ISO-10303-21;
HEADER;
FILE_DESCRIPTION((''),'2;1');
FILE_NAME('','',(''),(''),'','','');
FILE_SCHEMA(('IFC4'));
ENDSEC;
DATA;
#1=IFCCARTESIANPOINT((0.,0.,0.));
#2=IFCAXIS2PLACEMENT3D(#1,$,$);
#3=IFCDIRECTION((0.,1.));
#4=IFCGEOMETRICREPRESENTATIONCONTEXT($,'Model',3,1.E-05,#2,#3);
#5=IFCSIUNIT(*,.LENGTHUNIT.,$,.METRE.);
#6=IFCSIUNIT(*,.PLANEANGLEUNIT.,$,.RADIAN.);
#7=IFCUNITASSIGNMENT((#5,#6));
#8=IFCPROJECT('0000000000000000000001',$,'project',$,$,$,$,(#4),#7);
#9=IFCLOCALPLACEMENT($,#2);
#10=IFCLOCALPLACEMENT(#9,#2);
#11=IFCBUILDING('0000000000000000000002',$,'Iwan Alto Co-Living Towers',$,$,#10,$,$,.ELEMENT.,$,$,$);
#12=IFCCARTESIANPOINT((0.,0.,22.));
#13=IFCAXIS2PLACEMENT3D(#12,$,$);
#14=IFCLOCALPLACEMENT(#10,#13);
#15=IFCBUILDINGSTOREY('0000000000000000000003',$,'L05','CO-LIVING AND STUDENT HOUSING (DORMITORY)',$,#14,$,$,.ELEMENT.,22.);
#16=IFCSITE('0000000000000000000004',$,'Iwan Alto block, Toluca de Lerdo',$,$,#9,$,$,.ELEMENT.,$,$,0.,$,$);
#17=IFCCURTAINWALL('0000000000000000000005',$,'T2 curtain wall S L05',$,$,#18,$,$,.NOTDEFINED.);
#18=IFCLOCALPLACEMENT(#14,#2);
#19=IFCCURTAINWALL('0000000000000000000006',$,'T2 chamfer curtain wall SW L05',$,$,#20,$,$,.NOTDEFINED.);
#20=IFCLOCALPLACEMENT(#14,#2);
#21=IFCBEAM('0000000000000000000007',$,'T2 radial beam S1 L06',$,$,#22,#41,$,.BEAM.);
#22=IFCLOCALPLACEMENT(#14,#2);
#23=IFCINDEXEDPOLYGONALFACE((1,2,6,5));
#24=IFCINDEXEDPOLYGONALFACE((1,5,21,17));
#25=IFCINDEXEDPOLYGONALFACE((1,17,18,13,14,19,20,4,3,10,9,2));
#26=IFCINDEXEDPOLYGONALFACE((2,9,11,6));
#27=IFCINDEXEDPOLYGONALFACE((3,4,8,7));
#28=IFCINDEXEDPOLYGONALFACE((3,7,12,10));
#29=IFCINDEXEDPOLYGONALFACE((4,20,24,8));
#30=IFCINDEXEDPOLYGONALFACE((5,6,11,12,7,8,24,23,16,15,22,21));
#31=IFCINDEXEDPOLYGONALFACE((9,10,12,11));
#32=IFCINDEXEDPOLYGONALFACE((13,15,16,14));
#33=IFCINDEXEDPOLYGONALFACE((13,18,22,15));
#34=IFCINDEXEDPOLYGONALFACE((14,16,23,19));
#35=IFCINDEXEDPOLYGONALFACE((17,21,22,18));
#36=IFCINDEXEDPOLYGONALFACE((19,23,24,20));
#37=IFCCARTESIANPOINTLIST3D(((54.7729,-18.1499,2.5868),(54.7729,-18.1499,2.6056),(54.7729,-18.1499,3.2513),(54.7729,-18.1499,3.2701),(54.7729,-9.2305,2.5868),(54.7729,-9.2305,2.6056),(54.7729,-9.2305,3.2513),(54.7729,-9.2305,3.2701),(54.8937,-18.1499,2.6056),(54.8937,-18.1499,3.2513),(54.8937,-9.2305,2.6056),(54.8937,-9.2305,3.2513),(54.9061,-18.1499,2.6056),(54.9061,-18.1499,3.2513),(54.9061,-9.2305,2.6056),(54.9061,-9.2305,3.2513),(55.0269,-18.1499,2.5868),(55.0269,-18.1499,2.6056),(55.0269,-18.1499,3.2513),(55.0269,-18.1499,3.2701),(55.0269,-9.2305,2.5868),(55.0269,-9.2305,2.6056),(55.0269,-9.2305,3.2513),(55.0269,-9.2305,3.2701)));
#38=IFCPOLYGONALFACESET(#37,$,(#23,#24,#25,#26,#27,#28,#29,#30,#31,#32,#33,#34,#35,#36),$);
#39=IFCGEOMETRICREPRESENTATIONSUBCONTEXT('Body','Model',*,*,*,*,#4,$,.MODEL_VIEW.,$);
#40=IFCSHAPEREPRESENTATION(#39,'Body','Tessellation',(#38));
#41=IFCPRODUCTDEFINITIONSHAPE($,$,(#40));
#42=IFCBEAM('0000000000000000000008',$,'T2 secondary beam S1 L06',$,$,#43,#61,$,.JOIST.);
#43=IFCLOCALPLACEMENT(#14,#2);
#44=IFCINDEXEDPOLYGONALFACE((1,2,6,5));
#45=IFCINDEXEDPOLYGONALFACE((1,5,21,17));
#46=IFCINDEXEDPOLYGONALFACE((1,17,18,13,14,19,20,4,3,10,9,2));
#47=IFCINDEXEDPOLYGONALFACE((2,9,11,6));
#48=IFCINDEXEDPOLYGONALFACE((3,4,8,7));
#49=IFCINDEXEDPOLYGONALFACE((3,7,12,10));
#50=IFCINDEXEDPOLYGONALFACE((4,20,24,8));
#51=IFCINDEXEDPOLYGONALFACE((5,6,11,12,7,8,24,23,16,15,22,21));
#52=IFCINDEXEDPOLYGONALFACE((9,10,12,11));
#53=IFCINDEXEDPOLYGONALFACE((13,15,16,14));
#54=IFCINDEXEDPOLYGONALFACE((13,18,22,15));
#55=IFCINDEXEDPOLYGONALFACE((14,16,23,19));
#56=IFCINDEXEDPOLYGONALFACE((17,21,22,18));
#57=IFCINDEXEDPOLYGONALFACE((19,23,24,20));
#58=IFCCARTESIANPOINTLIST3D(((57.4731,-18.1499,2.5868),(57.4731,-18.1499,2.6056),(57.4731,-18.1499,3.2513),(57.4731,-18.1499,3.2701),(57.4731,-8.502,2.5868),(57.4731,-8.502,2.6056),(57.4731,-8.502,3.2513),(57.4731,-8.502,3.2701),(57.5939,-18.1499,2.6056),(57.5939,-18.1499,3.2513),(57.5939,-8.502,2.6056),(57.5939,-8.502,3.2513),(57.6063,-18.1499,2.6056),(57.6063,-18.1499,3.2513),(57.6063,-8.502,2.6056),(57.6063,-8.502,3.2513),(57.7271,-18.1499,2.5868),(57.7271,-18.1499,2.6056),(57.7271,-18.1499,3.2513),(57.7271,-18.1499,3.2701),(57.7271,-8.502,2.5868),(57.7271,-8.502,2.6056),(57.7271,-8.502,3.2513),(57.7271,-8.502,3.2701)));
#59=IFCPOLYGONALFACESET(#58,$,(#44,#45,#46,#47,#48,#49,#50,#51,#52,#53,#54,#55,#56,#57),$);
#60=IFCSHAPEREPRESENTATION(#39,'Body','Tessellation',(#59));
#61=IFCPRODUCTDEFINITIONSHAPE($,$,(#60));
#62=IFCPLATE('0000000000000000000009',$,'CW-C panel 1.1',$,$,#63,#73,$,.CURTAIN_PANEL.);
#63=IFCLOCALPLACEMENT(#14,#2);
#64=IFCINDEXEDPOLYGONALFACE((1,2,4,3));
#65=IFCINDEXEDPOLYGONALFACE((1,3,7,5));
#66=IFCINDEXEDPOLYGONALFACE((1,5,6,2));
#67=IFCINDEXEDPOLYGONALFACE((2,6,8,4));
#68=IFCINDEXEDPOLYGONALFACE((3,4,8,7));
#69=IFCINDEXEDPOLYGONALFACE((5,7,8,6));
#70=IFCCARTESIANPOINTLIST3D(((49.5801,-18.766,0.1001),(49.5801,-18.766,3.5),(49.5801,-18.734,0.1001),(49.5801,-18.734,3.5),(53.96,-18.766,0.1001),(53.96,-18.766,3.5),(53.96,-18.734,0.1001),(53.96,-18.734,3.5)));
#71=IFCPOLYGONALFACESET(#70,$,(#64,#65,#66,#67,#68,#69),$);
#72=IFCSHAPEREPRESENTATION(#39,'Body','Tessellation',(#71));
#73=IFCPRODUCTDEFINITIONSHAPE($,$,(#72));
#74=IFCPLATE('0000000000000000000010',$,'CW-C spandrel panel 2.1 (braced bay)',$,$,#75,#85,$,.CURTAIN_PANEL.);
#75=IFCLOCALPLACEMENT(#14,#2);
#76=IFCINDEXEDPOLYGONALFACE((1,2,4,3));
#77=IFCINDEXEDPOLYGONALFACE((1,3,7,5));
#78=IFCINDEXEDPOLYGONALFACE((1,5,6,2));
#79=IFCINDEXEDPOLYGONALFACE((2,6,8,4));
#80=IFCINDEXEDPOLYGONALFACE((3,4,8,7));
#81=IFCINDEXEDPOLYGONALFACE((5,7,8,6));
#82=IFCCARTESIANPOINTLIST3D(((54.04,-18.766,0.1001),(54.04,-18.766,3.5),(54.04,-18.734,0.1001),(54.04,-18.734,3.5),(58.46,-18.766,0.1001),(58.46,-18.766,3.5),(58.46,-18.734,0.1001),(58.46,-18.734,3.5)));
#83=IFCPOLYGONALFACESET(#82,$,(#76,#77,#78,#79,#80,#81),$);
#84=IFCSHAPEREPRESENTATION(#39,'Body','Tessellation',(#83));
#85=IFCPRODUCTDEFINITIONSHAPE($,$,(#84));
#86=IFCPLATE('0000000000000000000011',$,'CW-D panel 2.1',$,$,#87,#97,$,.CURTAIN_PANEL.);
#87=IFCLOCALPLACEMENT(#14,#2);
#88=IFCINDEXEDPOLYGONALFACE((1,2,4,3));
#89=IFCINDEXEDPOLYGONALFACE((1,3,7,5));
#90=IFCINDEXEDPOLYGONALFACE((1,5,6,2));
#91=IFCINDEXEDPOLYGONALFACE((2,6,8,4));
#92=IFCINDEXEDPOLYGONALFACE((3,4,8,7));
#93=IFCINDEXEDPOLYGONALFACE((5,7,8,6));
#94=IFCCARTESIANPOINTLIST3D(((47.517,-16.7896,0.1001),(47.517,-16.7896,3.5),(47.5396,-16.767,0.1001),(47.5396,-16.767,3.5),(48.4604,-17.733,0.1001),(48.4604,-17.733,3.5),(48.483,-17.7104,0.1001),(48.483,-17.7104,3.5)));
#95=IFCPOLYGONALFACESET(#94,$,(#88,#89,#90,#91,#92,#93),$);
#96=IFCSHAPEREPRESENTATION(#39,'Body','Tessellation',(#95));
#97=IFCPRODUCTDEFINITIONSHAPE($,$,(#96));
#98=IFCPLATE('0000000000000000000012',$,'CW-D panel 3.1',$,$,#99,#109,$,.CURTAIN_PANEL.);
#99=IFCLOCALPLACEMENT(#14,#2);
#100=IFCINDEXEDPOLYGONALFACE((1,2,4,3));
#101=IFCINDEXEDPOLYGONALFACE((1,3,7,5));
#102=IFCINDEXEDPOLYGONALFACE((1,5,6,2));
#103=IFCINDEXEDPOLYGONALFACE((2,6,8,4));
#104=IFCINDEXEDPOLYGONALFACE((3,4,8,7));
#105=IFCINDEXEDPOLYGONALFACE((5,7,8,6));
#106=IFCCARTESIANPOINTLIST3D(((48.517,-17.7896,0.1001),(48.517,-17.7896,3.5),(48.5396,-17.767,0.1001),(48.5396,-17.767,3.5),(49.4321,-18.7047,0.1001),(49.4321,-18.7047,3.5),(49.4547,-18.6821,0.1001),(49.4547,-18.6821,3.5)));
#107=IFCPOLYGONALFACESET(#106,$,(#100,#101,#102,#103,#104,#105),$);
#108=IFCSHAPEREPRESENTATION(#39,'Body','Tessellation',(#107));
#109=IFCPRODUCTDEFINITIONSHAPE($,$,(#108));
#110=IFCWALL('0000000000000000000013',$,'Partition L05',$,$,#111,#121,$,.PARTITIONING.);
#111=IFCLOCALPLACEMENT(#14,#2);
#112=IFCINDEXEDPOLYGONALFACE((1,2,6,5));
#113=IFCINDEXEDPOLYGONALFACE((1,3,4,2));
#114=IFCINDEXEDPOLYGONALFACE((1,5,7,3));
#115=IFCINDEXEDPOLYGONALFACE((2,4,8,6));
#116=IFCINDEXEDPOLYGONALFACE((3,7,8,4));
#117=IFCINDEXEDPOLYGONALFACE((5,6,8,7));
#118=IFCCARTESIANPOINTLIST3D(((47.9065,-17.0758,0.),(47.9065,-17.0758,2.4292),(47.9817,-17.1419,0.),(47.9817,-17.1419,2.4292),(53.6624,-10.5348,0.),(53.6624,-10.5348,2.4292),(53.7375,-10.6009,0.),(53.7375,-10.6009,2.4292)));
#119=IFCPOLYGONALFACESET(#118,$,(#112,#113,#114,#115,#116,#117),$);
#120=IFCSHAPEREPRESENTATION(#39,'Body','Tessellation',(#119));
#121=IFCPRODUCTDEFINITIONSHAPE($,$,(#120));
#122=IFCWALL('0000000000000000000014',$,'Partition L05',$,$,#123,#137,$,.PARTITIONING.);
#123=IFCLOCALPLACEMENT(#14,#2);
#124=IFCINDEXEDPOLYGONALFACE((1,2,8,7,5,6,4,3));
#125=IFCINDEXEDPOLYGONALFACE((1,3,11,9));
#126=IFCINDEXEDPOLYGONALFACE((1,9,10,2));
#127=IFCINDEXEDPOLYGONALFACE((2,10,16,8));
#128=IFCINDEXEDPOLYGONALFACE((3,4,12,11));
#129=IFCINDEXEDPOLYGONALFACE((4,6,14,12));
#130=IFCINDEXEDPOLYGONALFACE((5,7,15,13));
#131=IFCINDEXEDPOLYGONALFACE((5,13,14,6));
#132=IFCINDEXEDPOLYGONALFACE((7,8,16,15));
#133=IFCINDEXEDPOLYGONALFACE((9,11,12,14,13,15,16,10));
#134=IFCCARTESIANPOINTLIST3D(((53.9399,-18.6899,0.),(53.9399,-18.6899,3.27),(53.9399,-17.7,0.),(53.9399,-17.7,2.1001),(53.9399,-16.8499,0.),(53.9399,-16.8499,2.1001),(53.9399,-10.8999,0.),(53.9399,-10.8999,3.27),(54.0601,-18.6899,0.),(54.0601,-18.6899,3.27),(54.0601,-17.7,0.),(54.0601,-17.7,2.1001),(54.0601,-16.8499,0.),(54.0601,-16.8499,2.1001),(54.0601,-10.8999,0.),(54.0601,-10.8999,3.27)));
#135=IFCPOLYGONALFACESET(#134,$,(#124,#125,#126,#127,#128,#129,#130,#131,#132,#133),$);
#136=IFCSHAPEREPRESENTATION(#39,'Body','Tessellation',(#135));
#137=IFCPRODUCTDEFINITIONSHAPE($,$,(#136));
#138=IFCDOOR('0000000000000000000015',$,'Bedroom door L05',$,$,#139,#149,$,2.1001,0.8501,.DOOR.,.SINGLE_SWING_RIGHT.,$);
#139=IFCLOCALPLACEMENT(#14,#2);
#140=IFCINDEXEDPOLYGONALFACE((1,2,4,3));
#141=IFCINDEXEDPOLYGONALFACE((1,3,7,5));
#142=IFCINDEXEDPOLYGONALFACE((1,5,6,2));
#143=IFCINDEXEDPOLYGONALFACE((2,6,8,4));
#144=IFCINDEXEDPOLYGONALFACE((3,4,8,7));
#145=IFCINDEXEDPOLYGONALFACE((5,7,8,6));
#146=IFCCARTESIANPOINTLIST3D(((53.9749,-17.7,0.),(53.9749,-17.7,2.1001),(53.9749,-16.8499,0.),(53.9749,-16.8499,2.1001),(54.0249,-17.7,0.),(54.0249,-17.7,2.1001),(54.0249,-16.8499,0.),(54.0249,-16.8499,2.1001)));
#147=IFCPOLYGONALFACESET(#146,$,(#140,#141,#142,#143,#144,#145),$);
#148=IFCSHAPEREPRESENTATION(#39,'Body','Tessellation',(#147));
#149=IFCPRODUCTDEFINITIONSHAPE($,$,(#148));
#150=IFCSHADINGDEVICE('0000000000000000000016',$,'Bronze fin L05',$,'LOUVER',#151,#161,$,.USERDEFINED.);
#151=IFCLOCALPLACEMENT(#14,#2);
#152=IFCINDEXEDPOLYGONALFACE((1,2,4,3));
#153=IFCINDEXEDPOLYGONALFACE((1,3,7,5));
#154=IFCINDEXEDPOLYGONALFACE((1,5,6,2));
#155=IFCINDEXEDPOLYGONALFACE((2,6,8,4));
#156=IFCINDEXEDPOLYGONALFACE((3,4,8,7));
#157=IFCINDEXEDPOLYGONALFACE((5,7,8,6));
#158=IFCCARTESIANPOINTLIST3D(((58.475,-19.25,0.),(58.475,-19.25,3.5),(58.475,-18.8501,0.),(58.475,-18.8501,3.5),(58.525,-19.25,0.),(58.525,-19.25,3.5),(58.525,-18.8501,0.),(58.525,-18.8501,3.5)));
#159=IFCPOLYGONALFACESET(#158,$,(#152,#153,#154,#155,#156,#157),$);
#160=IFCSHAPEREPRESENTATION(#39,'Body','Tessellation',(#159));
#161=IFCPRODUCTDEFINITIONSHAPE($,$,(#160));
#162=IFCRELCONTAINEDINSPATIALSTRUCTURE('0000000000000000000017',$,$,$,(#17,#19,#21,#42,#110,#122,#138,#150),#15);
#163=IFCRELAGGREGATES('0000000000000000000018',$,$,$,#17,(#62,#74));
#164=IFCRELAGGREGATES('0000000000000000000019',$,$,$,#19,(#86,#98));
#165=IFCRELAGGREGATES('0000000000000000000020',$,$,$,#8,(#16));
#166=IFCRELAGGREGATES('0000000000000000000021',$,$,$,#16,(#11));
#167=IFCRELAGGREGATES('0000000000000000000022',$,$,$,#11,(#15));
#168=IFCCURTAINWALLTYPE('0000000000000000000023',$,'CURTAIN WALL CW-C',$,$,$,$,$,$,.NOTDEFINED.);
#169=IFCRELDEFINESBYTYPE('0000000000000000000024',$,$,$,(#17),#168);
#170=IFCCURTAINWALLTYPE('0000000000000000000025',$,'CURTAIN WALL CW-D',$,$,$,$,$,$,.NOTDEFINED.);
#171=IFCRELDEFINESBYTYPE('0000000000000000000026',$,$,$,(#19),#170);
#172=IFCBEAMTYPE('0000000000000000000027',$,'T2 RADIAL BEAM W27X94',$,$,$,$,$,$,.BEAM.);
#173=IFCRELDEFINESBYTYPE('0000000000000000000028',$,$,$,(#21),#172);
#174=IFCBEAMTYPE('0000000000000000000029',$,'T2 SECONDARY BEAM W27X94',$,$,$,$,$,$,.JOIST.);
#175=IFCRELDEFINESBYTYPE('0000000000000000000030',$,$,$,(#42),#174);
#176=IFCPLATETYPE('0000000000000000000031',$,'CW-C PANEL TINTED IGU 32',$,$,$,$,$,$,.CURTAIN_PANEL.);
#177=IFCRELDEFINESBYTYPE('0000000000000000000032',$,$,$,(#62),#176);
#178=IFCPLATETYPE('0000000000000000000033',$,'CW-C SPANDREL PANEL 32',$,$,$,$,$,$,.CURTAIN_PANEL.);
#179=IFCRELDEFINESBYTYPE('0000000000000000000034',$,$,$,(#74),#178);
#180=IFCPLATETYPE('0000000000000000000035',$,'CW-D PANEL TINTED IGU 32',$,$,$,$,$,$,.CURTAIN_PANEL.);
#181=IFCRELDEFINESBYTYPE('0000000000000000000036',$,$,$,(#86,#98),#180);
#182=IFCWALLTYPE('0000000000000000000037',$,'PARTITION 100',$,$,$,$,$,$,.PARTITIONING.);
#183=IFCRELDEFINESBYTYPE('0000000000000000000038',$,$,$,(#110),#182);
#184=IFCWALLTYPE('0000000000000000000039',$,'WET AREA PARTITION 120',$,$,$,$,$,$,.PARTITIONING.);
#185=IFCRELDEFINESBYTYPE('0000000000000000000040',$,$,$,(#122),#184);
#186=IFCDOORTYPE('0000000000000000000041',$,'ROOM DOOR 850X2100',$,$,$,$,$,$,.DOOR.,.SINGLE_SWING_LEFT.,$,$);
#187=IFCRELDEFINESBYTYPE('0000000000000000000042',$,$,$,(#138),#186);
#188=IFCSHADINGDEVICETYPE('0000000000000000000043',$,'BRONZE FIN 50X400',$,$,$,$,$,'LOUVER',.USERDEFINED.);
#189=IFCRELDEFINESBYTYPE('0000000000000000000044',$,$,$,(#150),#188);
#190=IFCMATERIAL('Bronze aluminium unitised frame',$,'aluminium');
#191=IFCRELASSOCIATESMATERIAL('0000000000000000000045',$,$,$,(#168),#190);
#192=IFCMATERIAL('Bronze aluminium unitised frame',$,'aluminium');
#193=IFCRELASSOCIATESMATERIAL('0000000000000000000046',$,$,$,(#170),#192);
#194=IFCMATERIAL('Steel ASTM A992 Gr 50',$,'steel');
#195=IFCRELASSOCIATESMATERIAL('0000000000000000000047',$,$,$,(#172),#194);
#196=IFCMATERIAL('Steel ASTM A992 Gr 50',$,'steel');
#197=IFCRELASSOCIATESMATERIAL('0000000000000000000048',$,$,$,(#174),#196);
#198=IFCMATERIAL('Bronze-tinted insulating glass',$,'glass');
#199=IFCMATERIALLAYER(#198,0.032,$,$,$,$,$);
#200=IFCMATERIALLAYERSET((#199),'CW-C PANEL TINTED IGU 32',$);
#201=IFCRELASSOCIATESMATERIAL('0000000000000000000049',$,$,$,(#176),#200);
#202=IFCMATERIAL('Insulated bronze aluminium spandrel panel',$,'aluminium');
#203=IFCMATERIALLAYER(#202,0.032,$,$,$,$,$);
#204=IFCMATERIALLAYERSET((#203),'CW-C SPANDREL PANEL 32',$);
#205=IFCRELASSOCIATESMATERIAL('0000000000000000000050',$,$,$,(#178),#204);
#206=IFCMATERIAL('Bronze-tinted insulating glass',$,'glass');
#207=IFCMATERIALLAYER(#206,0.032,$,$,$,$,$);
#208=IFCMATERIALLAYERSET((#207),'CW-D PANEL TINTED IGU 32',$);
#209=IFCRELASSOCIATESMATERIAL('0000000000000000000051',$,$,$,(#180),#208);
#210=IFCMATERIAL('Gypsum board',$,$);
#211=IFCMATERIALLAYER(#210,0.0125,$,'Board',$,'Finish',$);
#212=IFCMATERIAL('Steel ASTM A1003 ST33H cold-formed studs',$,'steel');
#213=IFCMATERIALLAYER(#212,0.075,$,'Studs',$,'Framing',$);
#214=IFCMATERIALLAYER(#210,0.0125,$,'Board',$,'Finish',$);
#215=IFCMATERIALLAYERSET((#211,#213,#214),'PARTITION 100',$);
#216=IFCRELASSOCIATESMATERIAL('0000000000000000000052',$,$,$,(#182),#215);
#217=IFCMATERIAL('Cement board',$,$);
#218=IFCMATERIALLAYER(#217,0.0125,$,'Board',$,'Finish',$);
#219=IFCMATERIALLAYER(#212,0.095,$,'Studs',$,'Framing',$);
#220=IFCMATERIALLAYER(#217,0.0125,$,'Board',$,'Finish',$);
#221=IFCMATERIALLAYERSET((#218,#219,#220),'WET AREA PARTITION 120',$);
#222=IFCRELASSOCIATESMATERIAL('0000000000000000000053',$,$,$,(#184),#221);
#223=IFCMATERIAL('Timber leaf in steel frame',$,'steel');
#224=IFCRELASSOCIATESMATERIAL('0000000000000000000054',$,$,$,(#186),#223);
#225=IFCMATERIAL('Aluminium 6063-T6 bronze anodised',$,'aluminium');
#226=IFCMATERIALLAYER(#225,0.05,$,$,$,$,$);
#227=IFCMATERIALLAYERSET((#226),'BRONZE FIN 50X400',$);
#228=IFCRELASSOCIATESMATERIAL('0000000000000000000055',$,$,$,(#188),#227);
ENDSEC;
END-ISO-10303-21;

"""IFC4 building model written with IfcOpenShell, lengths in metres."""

from ifc_helpers import new_model, si_unit, direction, frame, frame_2d, origin, origin_2d, place, context, subcontext, project, spatial, rectangle, i_section, extrude, material, layer, layer_set, material_profile, profile_set, type_object, element, fill, aggregate, save


model = new_model("IFC4")

# Units and contexts
model_context = context("Model", 3, precision=1e-05, world=origin(), true_north=direction((0.0, 1.0)))
body_context = subcontext(model_context, "Body", "Model", "MODEL_VIEW")
ifc_project = project(units=[si_unit("LENGTHUNIT", "METRE"), si_unit("PLANEANGLEUNIT", "RADIAN")], contexts=[model_context])

# Site, building, storey
site_placement = place(None, origin())
site = spatial("IfcSite", under=ifc_project, at=site_placement, Name="Iwan Alto block, Toluca de Lerdo", CompositionType="ELEMENT", RefElevation=0.0)
building_placement = place(site_placement, origin())
building = spatial("IfcBuilding", under=site, at=building_placement, Name="Iwan Alto Co-Living Towers", CompositionType="ELEMENT")
storey_placement = place(building_placement, frame((0.0, 0.0, 22.0)))
storey = spatial("IfcBuildingStorey", under=building, at=storey_placement, Name="L05", Description="CO-LIVING AND STUDENT HOUSING (DORMITORY)", CompositionType="ELEMENT", Elevation=22.0)

# Curtain walls
ifc_material_1 = material(Name="Bronze aluminium unitised frame", Category="aluminium")
curtain_wall_type_1 = type_object("IfcCurtainWallType", Name="CURTAIN WALL CW-C", PredefinedType="NOTDEFINED", material=ifc_material_1)
curtain_wall_1_placement = place(storey_placement, origin())
curtain_wall_1 = element("IfcCurtainWall", 1, at=curtain_wall_1_placement, inside=storey, type_object=curtain_wall_type_1, Name="T2 curtain wall S L05", PredefinedType="NOTDEFINED")
ifc_material_2 = material(Name="Bronze aluminium unitised frame", Category="aluminium")
curtain_wall_type_2 = type_object("IfcCurtainWallType", Name="CURTAIN WALL CW-D", PredefinedType="NOTDEFINED", material=ifc_material_2)
curtain_wall_2_placement = place(storey_placement, origin())
curtain_wall_2 = element("IfcCurtainWall", 2, at=curtain_wall_2_placement, inside=storey, type_object=curtain_wall_type_2, Name="T2 chamfer curtain wall SW L05", PredefinedType="NOTDEFINED")

# Beams
ifc_material_3 = material(Name="Steel ASTM A992 Gr 50", Category="steel")
ifc_material_profile_1 = material_profile(ifc_material_3, i_section(OverallWidth=0.2539, OverallDepth=0.6833, WebThickness=0.0125, FlangeThickness=0.0188, at=origin_2d()), Name="W27X94")
ifc_profile_set_1 = profile_set([ifc_material_profile_1], Name="Steel ASTM A992 Gr 50")
beam_type_1 = type_object("IfcBeamType", Name="T2 RADIAL BEAM W27X94", PredefinedType="BEAM", material=ifc_profile_set_1)
beam_1_placement = place(storey_placement, frame((54.8999, -18.1499, 2.9285), z_axis=(0.0, 1.0, 0.0), x_axis=(-1.0, 0.0, 0.0)))
element("IfcBeam", 3, at=beam_1_placement, inside=storey, type_object=beam_type_1, Name="T2 radial beam S1 L06", PredefinedType="BEAM", context=body_context, shape_type="SweptSolid", body=[
    extrude(i_section(OverallWidth=0.2539, OverallDepth=0.6833, WebThickness=0.0125, FlangeThickness=0.0188, at=origin_2d()), origin(), (0.0, 0.0, 1.0), 8.9194),
])
ifc_material_4 = material(Name="Steel ASTM A992 Gr 50", Category="steel")
ifc_material_profile_2 = material_profile(ifc_material_4, i_section(OverallWidth=0.2539, OverallDepth=0.6833, WebThickness=0.0125, FlangeThickness=0.0188, at=origin_2d()), Name="W27X94")
ifc_profile_set_2 = profile_set([ifc_material_profile_2], Name="Steel ASTM A992 Gr 50")
beam_type_2 = type_object("IfcBeamType", Name="T2 SECONDARY BEAM W27X94", PredefinedType="JOIST", material=ifc_profile_set_2)
beam_2_placement = place(storey_placement, frame((57.6001, -18.1499, 2.9285), z_axis=(0.0, 1.0, 0.0), x_axis=(-1.0, 0.0, 0.0)))
element("IfcBeam", 4, at=beam_2_placement, inside=storey, type_object=beam_type_2, Name="T2 secondary beam S1 L06", PredefinedType="JOIST", context=body_context, shape_type="SweptSolid", body=[
    extrude(i_section(OverallWidth=0.2539, OverallDepth=0.6833, WebThickness=0.0125, FlangeThickness=0.0188, at=origin_2d()), origin(), (0.0, 0.0, 1.0), 9.6479),
])

# Plates
ifc_material_5 = material(Name="Bronze-tinted insulating glass", Category="glass")
ifc_layer_1 = layer(ifc_material_5, 0.032)
ifc_layer_set_1 = layer_set([ifc_layer_1], Name="CW-C PANEL TINTED IGU 32")
plate_type_1 = type_object("IfcPlateType", Name="CW-C PANEL TINTED IGU 32", PredefinedType="CURTAIN_PANEL", material=ifc_layer_set_1)
plate_1_placement = place(storey_placement, frame((51.77, -18.75, 0.1001), z_axis=(0.0, 0.0, 1.0), x_axis=(1.0, 0.0, 0.0)))
plate_1 = element("IfcPlate", 5, at=plate_1_placement, type_object=plate_type_1, Name="CW-C panel 1.1", PredefinedType="CURTAIN_PANEL", context=body_context, shape_type="SweptSolid", body=[
    extrude(rectangle(XDim=4.3799, YDim=0.032, at=origin_2d()), origin(), (0.0, 0.0, 1.0), 3.3999),
])
ifc_material_6 = material(Name="Insulated bronze aluminium spandrel panel", Category="aluminium")
ifc_layer_2 = layer(ifc_material_6, 0.032)
ifc_layer_set_2 = layer_set([ifc_layer_2], Name="CW-C SPANDREL PANEL 32")
plate_type_2 = type_object("IfcPlateType", Name="CW-C SPANDREL PANEL 32", PredefinedType="CURTAIN_PANEL", material=ifc_layer_set_2)
plate_2_placement = place(storey_placement, frame((56.25, -18.75, 0.1001), z_axis=(0.0, 0.0, 1.0), x_axis=(1.0, 0.0, 0.0)))
plate_2 = element("IfcPlate", 6, at=plate_2_placement, type_object=plate_type_2, Name="CW-C spandrel panel 2.1 (braced bay)", PredefinedType="CURTAIN_PANEL", context=body_context, shape_type="SweptSolid", body=[
    extrude(rectangle(XDim=4.4199, YDim=0.032, at=origin_2d()), origin(), (0.0, 0.0, 1.0), 3.3999),
])
aggregate(curtain_wall_1, [plate_1, plate_2])
ifc_material_7 = material(Name="Bronze-tinted insulating glass", Category="glass")
ifc_layer_3 = layer(ifc_material_7, 0.032)
ifc_layer_set_3 = layer_set([ifc_layer_3], Name="CW-D PANEL TINTED IGU 32")
plate_type_3 = type_object("IfcPlateType", Name="CW-D PANEL TINTED IGU 32", PredefinedType="CURTAIN_PANEL", material=ifc_layer_set_3)
plate_3_placement = place(storey_placement, frame((48.0, -17.25, 0.1001), z_axis=(0.0, 0.0, 1.0), x_axis=(0.707107, -0.707107, 0.0)))
plate_3 = element("IfcPlate", 7, at=plate_3_placement, type_object=plate_type_3, Name="CW-D panel 2.1", PredefinedType="CURTAIN_PANEL", context=body_context, shape_type="SweptSolid", body=[
    extrude(rectangle(XDim=1.3342, YDim=0.032, at=origin_2d()), origin(), (0.0, 0.0, 1.0), 3.3999),
])
plate_4_placement = place(storey_placement, frame((48.9858, -18.2358, 0.1001), z_axis=(0.0, 0.0, 1.0), x_axis=(0.707107, -0.707107, 0.0)))
plate_4 = element("IfcPlate", 8, at=plate_4_placement, type_object=plate_type_3, Name="CW-D panel 3.1", PredefinedType="CURTAIN_PANEL", context=body_context, shape_type="SweptSolid", body=[
    extrude(rectangle(XDim=1.2942, YDim=0.032, at=origin_2d()), origin(), (0.0, 0.0, 1.0), 3.3999),
])
aggregate(curtain_wall_2, [plate_3, plate_4])

# Wall
ifc_material_8 = material(Name="Gypsum board")
ifc_layer_4 = layer(ifc_material_8, 0.0125, Name="Board", Category="Finish")
ifc_material_9 = material(Name="Steel ASTM A1003 ST33H cold-formed studs", Category="steel")
ifc_layer_5 = layer(ifc_material_9, 0.075, Name="Studs", Category="Framing")
ifc_layer_6 = layer(ifc_material_8, 0.0125, Name="Board", Category="Finish")
ifc_layer_set_4 = layer_set([ifc_layer_4, ifc_layer_5, ifc_layer_6], Name="PARTITION 100")
wall_type_1 = type_object("IfcWallType", Name="PARTITION 100", PredefinedType="PARTITIONING", material=ifc_layer_set_4)
wall_1_placement = place(storey_placement, frame((47.9441, -17.1089, 0.0), z_axis=(0.0, 0.0, 1.0), x_axis=(0.660613, 0.750727, 0.0)))
element("IfcWall", 9, at=wall_1_placement, inside=storey, type_object=wall_type_1, Name="Partition L05", PredefinedType="PARTITIONING", context=body_context, shape_type="SweptSolid", body=[
    extrude(rectangle(XDim=8.7129, YDim=0.1001, at=frame_2d((4.3564, 0.0))), origin(), (0.0, 0.0, 1.0), 2.4292),
])

# Wall, opening, door
ifc_material_10 = material(Name="Cement board")
ifc_layer_7 = layer(ifc_material_10, 0.0125, Name="Board", Category="Finish")
ifc_layer_8 = layer(ifc_material_9, 0.095, Name="Studs", Category="Framing")
ifc_layer_9 = layer(ifc_material_10, 0.0125, Name="Board", Category="Finish")
ifc_layer_set_5 = layer_set([ifc_layer_7, ifc_layer_8, ifc_layer_9], Name="WET AREA PARTITION 120")
wall_type_2 = type_object("IfcWallType", Name="WET AREA PARTITION 120", PredefinedType="PARTITIONING", material=ifc_layer_set_5)
wall_2_placement = place(storey_placement, frame((54.0, -18.6899, 0.0), z_axis=(0.0, 0.0, 1.0), x_axis=(0.0, 1.0, 0.0)))
wall_2 = element("IfcWall", 10, at=wall_2_placement, inside=storey, type_object=wall_type_2, Name="Partition L05", PredefinedType="PARTITIONING", context=body_context, shape_type="SweptSolid", body=[
    extrude(rectangle(XDim=7.79, YDim=0.1201, at=frame_2d((3.895, 0.0))), origin(), (0.0, 0.0, 1.0), 3.27),
])
opening_placement = place(wall_2_placement, frame((0.99, 0.0, 0.0)))
opening = element("IfcOpeningElement", 11, at=opening_placement, cuts=wall_2, PredefinedType="OPENING", context=body_context, shape_type="SweptSolid", body=[
    extrude(rectangle(XDim=0.8501, YDim=2.1001, at=frame_2d((0.425, 1.05))), frame((0.0, 0.0701, 0.0), z_axis=(0.0, -1.0, 0.0), x_axis=(1.0, 0.0, 0.0)), (0.0, 0.0, 1.0), 0.1401),
])
ifc_material_11 = material(Name="Timber leaf in steel frame", Category="steel")
door_type = type_object("IfcDoorType", Name="ROOM DOOR 850X2100", OperationType="SINGLE_SWING_LEFT", PredefinedType="DOOR", material=ifc_material_11)
door_placement = place(opening_placement, frame((0.8501, 0.0, 0.0), z_axis=(0.0, 0.0, 1.0), x_axis=(-1.0, 0.0, 0.0)))
door = element("IfcDoor", 12, at=door_placement, inside=storey, type_object=door_type, Name="Bedroom door L05", OperationType="SINGLE_SWING_RIGHT", OverallHeight=2.1001, OverallWidth=0.8501, PredefinedType="DOOR", context=body_context, shape_type="SweptSolid", body=[
    extrude(rectangle(XDim=0.8501, YDim=2.1001, at=frame_2d((0.425, 1.05))), frame((0.0, 0.0249, 0.0), z_axis=(0.0, -1.0, 0.0), x_axis=(1.0, 0.0, 0.0)), (0.0, 0.0, 1.0), 0.05),
])
fill(opening, door)

# Shading device
ifc_material_12 = material(Name="Aluminium 6063-T6 bronze anodised", Category="aluminium")
ifc_layer_10 = layer(ifc_material_12, 0.05)
ifc_layer_set_6 = layer_set([ifc_layer_10], Name="BRONZE FIN 50X400")
shading_device_type = type_object("IfcShadingDeviceType", Name="BRONZE FIN 50X400", ElementType="LOUVER", PredefinedType="USERDEFINED", material=ifc_layer_set_6)
shading_device_placement = place(storey_placement, frame((58.5, -19.05, 0.0), z_axis=(0.0, 0.0, 1.0), x_axis=(1.0, 0.0, 0.0)))
element("IfcShadingDevice", 13, at=shading_device_placement, inside=storey, type_object=shading_device_type, Name="Bronze fin L05", ObjectType="LOUVER", PredefinedType="USERDEFINED", context=body_context, shape_type="SweptSolid", body=[
    extrude(rectangle(XDim=0.05, YDim=0.3999, at=origin_2d()), origin(), (0.0, 0.0, 1.0), 3.5),
])

save(model, "model.ifc")
